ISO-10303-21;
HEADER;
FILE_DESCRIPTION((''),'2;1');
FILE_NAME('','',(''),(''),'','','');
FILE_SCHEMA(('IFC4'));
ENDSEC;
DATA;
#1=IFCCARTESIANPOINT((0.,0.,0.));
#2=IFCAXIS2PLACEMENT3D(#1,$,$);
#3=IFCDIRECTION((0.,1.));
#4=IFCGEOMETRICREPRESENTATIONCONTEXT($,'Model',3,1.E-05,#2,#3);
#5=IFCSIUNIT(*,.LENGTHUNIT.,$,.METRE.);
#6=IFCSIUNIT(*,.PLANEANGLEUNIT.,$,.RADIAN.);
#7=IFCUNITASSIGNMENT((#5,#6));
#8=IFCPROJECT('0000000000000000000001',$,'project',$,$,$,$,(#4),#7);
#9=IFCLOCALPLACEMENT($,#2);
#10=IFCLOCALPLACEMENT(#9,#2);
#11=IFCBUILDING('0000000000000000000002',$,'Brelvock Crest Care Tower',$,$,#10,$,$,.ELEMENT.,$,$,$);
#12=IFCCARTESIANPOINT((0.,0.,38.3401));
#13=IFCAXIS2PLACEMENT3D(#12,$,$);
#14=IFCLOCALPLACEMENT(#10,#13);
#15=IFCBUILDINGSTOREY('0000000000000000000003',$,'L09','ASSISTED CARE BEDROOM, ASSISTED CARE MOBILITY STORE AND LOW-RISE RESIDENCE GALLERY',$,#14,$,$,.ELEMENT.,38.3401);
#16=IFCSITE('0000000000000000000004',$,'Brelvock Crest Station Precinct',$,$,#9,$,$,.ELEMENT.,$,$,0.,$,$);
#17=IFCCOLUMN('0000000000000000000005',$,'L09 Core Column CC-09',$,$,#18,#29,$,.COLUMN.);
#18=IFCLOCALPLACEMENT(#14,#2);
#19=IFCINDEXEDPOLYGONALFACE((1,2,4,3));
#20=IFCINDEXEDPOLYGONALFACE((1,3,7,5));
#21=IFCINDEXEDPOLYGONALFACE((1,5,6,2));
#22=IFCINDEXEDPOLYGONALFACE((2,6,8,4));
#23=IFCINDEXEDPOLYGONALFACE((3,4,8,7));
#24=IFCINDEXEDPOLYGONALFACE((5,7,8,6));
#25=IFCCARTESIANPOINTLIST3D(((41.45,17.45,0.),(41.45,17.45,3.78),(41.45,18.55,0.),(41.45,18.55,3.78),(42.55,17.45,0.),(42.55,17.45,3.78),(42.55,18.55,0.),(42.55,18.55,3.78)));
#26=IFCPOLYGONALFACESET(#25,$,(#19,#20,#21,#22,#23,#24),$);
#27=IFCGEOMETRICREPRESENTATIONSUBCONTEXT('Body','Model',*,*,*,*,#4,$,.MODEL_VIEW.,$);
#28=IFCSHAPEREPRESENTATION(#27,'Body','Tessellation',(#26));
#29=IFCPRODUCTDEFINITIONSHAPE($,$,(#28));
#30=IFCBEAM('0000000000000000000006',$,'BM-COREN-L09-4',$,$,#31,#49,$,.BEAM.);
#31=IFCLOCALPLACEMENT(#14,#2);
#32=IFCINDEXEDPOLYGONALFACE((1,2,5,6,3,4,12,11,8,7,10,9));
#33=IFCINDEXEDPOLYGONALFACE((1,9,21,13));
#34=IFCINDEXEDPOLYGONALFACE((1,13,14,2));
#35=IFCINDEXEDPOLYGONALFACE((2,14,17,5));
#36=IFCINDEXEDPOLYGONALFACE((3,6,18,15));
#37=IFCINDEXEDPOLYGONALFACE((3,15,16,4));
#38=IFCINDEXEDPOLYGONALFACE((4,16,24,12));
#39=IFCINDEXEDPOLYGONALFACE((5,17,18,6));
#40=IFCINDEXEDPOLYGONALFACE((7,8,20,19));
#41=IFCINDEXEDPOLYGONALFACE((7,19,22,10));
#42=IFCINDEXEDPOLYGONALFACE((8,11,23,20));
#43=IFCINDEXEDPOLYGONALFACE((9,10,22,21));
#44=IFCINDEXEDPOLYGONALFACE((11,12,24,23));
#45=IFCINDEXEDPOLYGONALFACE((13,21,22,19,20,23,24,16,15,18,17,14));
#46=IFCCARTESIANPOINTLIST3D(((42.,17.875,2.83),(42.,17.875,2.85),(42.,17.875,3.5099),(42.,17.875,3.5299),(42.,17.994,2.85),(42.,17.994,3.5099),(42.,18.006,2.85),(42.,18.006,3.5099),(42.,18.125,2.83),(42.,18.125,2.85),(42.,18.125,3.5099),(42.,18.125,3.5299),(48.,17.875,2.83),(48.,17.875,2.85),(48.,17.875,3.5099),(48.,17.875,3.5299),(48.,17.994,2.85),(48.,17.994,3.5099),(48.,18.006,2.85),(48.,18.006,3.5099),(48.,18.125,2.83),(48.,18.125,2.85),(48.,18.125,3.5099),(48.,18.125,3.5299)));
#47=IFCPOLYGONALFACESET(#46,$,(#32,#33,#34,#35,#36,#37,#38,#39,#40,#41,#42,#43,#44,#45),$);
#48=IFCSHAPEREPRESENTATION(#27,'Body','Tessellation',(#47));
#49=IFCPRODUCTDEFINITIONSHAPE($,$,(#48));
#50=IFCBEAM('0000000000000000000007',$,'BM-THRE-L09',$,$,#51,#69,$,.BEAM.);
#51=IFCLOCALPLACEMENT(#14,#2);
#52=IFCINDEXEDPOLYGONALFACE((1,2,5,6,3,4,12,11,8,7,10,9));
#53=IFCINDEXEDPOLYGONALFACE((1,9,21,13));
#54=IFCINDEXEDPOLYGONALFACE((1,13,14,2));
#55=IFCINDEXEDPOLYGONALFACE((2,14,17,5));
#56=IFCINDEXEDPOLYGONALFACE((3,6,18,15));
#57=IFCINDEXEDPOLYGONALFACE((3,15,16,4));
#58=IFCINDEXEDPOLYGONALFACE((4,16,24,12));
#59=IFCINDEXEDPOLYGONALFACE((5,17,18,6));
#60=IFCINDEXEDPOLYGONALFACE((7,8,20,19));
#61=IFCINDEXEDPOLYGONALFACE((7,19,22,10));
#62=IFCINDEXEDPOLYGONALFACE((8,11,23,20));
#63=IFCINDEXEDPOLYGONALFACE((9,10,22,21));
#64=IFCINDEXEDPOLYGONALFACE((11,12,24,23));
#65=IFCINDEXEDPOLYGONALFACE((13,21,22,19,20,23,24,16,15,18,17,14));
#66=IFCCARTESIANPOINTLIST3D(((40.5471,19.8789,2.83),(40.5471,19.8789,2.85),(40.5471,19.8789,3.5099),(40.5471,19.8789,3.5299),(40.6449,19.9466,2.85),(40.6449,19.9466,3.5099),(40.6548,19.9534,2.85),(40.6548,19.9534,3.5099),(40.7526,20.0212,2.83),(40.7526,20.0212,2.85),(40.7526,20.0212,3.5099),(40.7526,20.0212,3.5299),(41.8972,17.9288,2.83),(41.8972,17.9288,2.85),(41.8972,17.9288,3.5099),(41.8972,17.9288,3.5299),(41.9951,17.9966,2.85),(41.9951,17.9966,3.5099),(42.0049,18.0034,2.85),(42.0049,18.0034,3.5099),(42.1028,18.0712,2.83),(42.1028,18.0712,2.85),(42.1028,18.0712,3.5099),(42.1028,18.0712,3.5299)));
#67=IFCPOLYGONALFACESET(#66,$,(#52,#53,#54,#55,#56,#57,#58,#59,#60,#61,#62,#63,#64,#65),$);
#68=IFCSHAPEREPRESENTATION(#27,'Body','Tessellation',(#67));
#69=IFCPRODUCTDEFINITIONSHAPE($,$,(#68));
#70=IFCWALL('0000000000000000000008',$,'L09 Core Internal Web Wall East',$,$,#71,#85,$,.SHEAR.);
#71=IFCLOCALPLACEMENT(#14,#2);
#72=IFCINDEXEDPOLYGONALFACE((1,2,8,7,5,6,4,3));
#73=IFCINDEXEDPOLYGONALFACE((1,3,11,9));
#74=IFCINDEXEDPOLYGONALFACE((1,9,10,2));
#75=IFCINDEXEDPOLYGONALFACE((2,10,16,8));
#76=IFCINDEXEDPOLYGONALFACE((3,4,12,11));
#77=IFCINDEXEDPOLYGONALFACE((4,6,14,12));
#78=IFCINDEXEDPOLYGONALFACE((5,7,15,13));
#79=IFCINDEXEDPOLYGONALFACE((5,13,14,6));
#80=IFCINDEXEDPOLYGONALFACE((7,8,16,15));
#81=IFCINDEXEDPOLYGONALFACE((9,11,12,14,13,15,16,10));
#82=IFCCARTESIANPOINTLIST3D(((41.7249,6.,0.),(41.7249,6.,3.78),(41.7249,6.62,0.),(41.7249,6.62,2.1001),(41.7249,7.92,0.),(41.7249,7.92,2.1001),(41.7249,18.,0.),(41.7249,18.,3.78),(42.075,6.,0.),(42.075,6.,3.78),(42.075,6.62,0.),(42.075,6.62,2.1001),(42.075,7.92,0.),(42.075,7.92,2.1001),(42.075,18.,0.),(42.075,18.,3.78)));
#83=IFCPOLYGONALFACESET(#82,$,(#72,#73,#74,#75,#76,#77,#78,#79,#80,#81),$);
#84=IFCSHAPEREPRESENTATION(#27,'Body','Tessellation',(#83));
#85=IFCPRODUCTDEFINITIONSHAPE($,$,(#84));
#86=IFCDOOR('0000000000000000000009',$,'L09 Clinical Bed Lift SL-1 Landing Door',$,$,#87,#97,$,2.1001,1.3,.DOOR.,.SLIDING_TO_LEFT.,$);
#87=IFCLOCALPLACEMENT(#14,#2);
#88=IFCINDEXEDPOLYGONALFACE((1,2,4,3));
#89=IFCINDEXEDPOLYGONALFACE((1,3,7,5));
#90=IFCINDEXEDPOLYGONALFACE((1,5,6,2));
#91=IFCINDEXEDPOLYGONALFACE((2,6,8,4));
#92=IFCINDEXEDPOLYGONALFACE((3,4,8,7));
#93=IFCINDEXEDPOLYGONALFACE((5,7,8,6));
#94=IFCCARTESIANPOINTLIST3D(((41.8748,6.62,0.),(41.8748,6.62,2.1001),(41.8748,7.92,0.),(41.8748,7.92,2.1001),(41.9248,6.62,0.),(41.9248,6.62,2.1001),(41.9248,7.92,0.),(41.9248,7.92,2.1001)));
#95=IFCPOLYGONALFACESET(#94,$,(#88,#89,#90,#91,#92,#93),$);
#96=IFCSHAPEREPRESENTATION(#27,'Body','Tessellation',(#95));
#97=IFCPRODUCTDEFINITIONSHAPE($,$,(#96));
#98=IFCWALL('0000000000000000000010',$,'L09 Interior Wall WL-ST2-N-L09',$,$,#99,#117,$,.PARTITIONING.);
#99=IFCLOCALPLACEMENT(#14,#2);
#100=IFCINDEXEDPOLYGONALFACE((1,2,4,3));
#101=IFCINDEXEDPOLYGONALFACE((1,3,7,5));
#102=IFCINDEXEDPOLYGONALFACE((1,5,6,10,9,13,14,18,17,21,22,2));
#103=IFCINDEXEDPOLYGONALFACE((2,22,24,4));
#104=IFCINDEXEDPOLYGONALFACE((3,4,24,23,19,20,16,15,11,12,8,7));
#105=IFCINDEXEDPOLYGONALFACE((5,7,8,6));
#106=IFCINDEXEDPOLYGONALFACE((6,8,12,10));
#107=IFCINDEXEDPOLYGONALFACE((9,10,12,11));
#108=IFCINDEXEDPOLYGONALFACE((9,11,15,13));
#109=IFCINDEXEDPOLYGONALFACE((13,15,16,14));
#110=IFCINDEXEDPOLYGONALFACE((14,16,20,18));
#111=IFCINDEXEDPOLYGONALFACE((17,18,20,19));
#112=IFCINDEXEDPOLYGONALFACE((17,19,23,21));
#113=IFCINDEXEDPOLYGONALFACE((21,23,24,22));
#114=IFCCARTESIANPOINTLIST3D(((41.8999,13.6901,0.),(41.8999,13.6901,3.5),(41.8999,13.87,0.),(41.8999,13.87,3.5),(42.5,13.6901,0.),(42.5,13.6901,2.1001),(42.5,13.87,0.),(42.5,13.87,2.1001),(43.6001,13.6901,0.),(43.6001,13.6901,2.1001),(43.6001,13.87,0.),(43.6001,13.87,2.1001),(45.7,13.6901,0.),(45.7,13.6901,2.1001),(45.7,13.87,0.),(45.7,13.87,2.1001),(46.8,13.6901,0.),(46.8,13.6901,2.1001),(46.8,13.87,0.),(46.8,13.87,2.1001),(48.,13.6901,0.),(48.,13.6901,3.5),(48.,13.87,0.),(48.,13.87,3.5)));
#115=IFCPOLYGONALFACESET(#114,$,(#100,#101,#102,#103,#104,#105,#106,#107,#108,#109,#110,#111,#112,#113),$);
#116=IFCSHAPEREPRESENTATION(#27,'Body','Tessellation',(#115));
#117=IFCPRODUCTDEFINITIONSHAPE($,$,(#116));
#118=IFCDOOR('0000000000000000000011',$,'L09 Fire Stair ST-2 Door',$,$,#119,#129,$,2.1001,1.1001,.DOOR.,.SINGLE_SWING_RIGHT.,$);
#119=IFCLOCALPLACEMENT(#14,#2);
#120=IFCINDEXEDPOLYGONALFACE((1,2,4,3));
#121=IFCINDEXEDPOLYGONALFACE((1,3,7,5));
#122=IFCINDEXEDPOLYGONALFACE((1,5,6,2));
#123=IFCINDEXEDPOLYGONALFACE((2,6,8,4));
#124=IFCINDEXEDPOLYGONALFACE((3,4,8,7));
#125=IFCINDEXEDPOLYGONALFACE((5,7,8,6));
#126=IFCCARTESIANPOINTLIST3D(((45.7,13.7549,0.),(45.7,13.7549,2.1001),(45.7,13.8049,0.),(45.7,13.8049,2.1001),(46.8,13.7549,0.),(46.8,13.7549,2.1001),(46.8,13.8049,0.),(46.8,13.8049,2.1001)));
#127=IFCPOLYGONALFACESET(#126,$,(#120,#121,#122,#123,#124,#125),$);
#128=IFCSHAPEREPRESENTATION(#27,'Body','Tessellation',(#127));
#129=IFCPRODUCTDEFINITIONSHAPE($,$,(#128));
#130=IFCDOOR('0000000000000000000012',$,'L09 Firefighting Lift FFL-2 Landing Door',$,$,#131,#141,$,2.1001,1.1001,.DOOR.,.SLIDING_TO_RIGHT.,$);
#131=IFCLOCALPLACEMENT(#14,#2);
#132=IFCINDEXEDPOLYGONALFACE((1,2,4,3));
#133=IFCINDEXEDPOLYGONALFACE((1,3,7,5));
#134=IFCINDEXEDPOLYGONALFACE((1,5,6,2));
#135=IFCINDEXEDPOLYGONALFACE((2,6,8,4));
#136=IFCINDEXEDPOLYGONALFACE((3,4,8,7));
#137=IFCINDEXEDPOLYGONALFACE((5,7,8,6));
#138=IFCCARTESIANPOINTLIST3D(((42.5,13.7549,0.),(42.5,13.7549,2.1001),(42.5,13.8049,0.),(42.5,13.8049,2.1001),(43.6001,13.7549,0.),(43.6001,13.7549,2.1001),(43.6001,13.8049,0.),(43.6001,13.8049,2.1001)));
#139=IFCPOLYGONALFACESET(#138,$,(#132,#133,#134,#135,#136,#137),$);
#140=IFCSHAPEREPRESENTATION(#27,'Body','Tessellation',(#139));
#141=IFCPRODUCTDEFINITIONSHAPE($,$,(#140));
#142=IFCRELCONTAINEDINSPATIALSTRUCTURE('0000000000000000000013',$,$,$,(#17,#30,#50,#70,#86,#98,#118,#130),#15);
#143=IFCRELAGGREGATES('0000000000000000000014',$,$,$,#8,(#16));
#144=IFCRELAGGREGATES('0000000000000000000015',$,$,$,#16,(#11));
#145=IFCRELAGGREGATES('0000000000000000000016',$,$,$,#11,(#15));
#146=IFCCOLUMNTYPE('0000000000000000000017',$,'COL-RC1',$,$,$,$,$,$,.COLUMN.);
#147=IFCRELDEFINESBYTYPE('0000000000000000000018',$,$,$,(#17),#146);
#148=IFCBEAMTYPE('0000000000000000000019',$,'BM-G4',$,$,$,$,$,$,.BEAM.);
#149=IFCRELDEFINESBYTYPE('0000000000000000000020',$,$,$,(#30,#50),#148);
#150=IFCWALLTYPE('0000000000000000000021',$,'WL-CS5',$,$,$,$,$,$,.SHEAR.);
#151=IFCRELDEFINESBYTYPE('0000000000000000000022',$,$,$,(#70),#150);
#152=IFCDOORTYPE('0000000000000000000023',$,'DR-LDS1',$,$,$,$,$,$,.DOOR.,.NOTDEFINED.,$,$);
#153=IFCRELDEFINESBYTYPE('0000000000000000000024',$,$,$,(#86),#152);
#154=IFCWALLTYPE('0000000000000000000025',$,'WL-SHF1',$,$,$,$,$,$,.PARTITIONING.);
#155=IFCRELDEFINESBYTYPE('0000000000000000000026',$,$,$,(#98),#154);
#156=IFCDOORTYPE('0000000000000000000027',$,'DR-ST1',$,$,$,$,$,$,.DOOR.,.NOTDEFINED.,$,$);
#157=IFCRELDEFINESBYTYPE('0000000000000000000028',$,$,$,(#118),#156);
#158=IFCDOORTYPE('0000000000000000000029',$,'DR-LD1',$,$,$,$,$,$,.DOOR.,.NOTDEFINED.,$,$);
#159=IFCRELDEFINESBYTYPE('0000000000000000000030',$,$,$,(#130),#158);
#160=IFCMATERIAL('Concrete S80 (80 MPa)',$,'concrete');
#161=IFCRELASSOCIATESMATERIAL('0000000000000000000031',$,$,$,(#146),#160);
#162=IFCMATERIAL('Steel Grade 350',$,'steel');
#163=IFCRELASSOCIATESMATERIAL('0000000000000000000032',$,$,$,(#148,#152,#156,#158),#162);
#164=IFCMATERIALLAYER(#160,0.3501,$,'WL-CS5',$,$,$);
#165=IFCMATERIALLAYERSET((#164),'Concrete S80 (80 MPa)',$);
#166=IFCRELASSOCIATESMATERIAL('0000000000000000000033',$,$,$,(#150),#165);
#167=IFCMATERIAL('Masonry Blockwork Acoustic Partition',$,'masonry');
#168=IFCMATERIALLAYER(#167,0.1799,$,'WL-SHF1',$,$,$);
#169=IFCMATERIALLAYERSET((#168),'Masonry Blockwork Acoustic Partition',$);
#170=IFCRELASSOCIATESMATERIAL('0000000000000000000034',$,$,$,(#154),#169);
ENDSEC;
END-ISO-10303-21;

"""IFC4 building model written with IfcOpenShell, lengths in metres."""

from ifc_helpers import new_model, si_unit, direction, frame, frame_2d, origin, origin_2d, place, context, subcontext, project, spatial, rectangle, i_section, extrude, source, transform, mapped, material, layer, layer_set, material_profile, profile_set, type_object, element, fill, save


model = new_model("IFC4")

# Units and contexts
model_context = context("Model", 3, precision=1e-05, world=origin(), true_north=direction((0.0, 1.0)))
body_context = subcontext(model_context, "Body", "Model", "MODEL_VIEW")
ifc_project = project(units=[si_unit("LENGTHUNIT", "METRE"), si_unit("PLANEANGLEUNIT", "RADIAN")], contexts=[model_context])

# Site, building, storey
site_placement = place(None, origin())
site = spatial("IfcSite", under=ifc_project, at=site_placement, Name="Brelvock Crest Station Precinct", CompositionType="ELEMENT", RefElevation=0.0)
building_placement = place(site_placement, origin())
building = spatial("IfcBuilding", under=site, at=building_placement, Name="Brelvock Crest Care Tower", CompositionType="ELEMENT")
storey_placement = place(building_placement, frame((0.0, 0.0, 38.3401)))
storey = spatial("IfcBuildingStorey", under=building, at=storey_placement, Name="L09", Description="ASSISTED CARE BEDROOM, ASSISTED CARE MOBILITY STORE AND LOW-RISE RESIDENCE GALLERY", CompositionType="ELEMENT", Elevation=38.3401)

# Column
ifc_material_1 = material(Name="Concrete S80 (80 MPa)", Category="concrete")
ifc_material_profile_1 = material_profile(ifc_material_1, rectangle(XDim=1.1001, YDim=1.1001, at=origin_2d()), Name="RC1100x1100")
ifc_profile_set_1 = profile_set([ifc_material_profile_1], Name="Concrete S80 (80 MPa)")
column_type = type_object("IfcColumnType", Name="COL-RC1", PredefinedType="COLUMN", material=ifc_profile_set_1)
shared_shape_1 = source(origin(), body_context, "Body", "SweptSolid", [
    extrude(rectangle(XDim=1.1001, YDim=1.1001, at=origin_2d()), origin(), (0.0, 0.0, 1.0), 3.78),
])
column_placement = place(storey_placement, frame((42.0, 18.0, 0.0), z_axis=(0.0, 0.0, 1.0), x_axis=(1.0, 0.0, 0.0)))
element("IfcColumn", 1, at=column_placement, inside=storey, type_object=column_type, Name="L09 Core Column CC-09", PredefinedType="COLUMN", context=body_context, shape_type="MappedRepresentation", body=[
    mapped(shared_shape_1, transform((0.0, 0.0, 0.0), x_axis=(1.0, 0.0, 0.0), y_axis=(0.0, 1.0, 0.0), z_axis=(0.0, 0.0, 1.0), scale=1.0)),
])

# Beams
ifc_material_2 = material(Name="Steel Grade 350", Category="steel")
ifc_material_profile_2 = material_profile(ifc_material_2, i_section(OverallWidth=0.25, OverallDepth=0.7, WebThickness=0.012, FlangeThickness=0.02, at=origin_2d()), Name="700WB150")
ifc_profile_set_2 = profile_set([ifc_material_profile_2], Name="Steel Grade 350")
beam_type = type_object("IfcBeamType", Name="BM-G4", PredefinedType="BEAM", material=ifc_profile_set_2)
shared_shape_2 = source(origin(), body_context, "Body", "SweptSolid", [
    extrude(i_section(OverallWidth=0.25, OverallDepth=0.7, WebThickness=0.012, FlangeThickness=0.02, at=origin_2d()), origin(), (0.0, 0.0, 1.0), 6.0),
])
beam_1_placement = place(storey_placement, frame((42.0, 18.0, 3.1799), z_axis=(1.0, 0.0, 0.0), x_axis=(0.0, 1.0, 0.0)))
element("IfcBeam", 2, at=beam_1_placement, inside=storey, type_object=beam_type, Name="BM-COREN-L09-4", PredefinedType="BEAM", context=body_context, shape_type="MappedRepresentation", body=[
    mapped(shared_shape_2, transform((0.0, 0.0, 0.0), x_axis=(1.0, 0.0, 0.0), y_axis=(0.0, 1.0, 0.0), z_axis=(0.0, 0.0, 1.0), scale=1.0)),
])
shared_shape_3 = source(origin(), body_context, "Body", "SweptSolid", [
    extrude(i_section(OverallWidth=0.25, OverallDepth=0.7, WebThickness=0.012, FlangeThickness=0.02, at=origin_2d()), origin(), (0.0, 0.0, 1.0), 2.3718),
])
beam_2_placement = place(storey_placement, frame((42.0, 18.0, 3.1799), z_axis=(-0.569247, 0.822166, 0.0), x_axis=(-0.822166, -0.569247, 0.0)))
element("IfcBeam", 3, at=beam_2_placement, inside=storey, type_object=beam_type, Name="BM-THRE-L09", PredefinedType="BEAM", context=body_context, shape_type="MappedRepresentation", body=[
    mapped(shared_shape_3, transform((0.0, 0.0, 0.0), x_axis=(1.0, 0.0, 0.0), y_axis=(0.0, 1.0, 0.0), z_axis=(0.0, 0.0, 1.0), scale=1.0)),
])

# Wall, opening, door
ifc_layer_1 = layer(ifc_material_1, 0.3501, Name="WL-CS5")
ifc_layer_set_1 = layer_set([ifc_layer_1], Name="Concrete S80 (80 MPa)")
wall_type_1 = type_object("IfcWallType", Name="WL-CS5", PredefinedType="SHEAR", material=ifc_layer_set_1)
wall_1_placement = place(storey_placement, frame((41.8999, 18.0, 0.0), z_axis=(0.0, 0.0, 1.0), x_axis=(0.0, -1.0, 0.0)))
wall_1 = element("IfcWall", 4, at=wall_1_placement, inside=storey, type_object=wall_type_1, Name="L09 Core Internal Web Wall East", PredefinedType="SHEAR", context=body_context, shape_type="SweptSolid", body=[
    extrude(rectangle(XDim=12.0, YDim=0.3501, at=frame_2d((6.0, 0.0))), origin(), (0.0, 0.0, 1.0), 3.78),
])
opening_1_placement = place(wall_1_placement, frame((10.0801, 0.0, 0.0)))
opening_1 = element("IfcOpeningElement", 5, at=opening_1_placement, cuts=wall_1, PredefinedType="OPENING", context=body_context, shape_type="SweptSolid", body=[
    extrude(rectangle(XDim=1.3, YDim=2.1001, at=origin_2d()), frame((0.6499, 0.1851, 1.05), z_axis=(0.0, -1.0, 0.0), x_axis=(1.0, 0.0, 0.0)), (0.0, 0.0, 1.0), 0.3701),
])
door_type_1 = type_object("IfcDoorType", Name="DR-LDS1", OperationType="NOTDEFINED", PredefinedType="DOOR", material=ifc_material_2)
shared_shape_4 = source(origin(), body_context, "Body", "SweptSolid", [
    extrude(rectangle(XDim=1.3, YDim=2.1001, at=origin_2d()), frame((0.6499, 0.0249, 1.05), z_axis=(0.0, -1.0, 0.0), x_axis=(1.0, 0.0, 0.0)), (0.0, 0.0, 1.0), 0.05),
])
door_1_placement = place(opening_1_placement, origin())
door_1 = element("IfcDoor", 6, at=door_1_placement, inside=storey, type_object=door_type_1, Name="L09 Clinical Bed Lift SL-1 Landing Door", OperationType="SLIDING_TO_LEFT", OverallHeight=2.1001, OverallWidth=1.3, PredefinedType="DOOR", context=body_context, shape_type="MappedRepresentation", body=[
    mapped(shared_shape_4, transform((0.0, 0.0, 0.0), x_axis=(1.0, 0.0, 0.0), y_axis=(0.0, 1.0, 0.0), z_axis=(0.0, 0.0, 1.0), scale=1.0)),
])
fill(opening_1, door_1)

# Wall, openings, doors
ifc_material_3 = material(Name="Masonry Blockwork Acoustic Partition", Category="masonry")
ifc_layer_2 = layer(ifc_material_3, 0.1799, Name="WL-SHF1")
ifc_layer_set_2 = layer_set([ifc_layer_2], Name="Masonry Blockwork Acoustic Partition")
wall_type_2 = type_object("IfcWallType", Name="WL-SHF1", PredefinedType="PARTITIONING", material=ifc_layer_set_2)
wall_2_placement = place(storey_placement, frame((41.8999, 13.78, 0.0), z_axis=(0.0, 0.0, 1.0), x_axis=(1.0, 0.0, 0.0)))
wall_2 = element("IfcWall", 7, at=wall_2_placement, inside=storey, type_object=wall_type_2, Name="L09 Interior Wall WL-ST2-N-L09", PredefinedType="PARTITIONING", context=body_context, shape_type="SweptSolid", body=[
    extrude(rectangle(XDim=6.1001, YDim=0.1799, at=frame_2d((3.05, 0.0))), origin(), (0.0, 0.0, 1.0), 3.5),
])
opening_2_placement = place(wall_2_placement, frame((0.6001, 0.0, 0.0)))
opening_2 = element("IfcOpeningElement", 8, at=opening_2_placement, cuts=wall_2, PredefinedType="OPENING", context=body_context, shape_type="SweptSolid", body=[
    extrude(rectangle(XDim=1.1001, YDim=2.1001, at=origin_2d()), frame((0.55, 0.1001, 1.05), z_axis=(0.0, -1.0, 0.0), x_axis=(1.0, 0.0, 0.0)), (0.0, 0.0, 1.0), 0.2),
])
opening_3_placement = place(wall_2_placement, frame((3.8, 0.0, 0.0)))
opening_3 = element("IfcOpeningElement", 9, at=opening_3_placement, cuts=wall_2, PredefinedType="OPENING", context=body_context, shape_type="SweptSolid", body=[
    extrude(rectangle(XDim=1.1001, YDim=2.1001, at=origin_2d()), frame((0.55, 0.1001, 1.05), z_axis=(0.0, -1.0, 0.0), x_axis=(1.0, 0.0, 0.0)), (0.0, 0.0, 1.0), 0.2),
])
door_type_2 = type_object("IfcDoorType", Name="DR-ST1", OperationType="NOTDEFINED", PredefinedType="DOOR", material=ifc_material_2)
shared_shape_5 = source(origin(), body_context, "Body", "SweptSolid", [
    extrude(rectangle(XDim=1.1001, YDim=2.1001, at=origin_2d()), frame((0.55, 0.0249, 1.05), z_axis=(0.0, -1.0, 0.0), x_axis=(1.0, 0.0, 0.0)), (0.0, 0.0, 1.0), 0.05),
])
door_2_placement = place(opening_3_placement, origin())
door_2 = element("IfcDoor", 10, at=door_2_placement, inside=storey, type_object=door_type_2, Name="L09 Fire Stair ST-2 Door", OperationType="SINGLE_SWING_RIGHT", OverallHeight=2.1001, OverallWidth=1.1001, PredefinedType="DOOR", context=body_context, shape_type="MappedRepresentation", body=[
    mapped(shared_shape_5, transform((0.0, 0.0, 0.0), x_axis=(1.0, 0.0, 0.0), y_axis=(0.0, 1.0, 0.0), z_axis=(0.0, 0.0, 1.0), scale=1.0)),
])
fill(opening_3, door_2)
door_type_3 = type_object("IfcDoorType", Name="DR-LD1", OperationType="NOTDEFINED", PredefinedType="DOOR", material=ifc_material_2)
shared_shape_6 = source(origin(), body_context, "Body", "SweptSolid", [
    extrude(rectangle(XDim=1.1001, YDim=2.1001, at=origin_2d()), frame((0.55, 0.0249, 1.05), z_axis=(0.0, -1.0, 0.0), x_axis=(1.0, 0.0, 0.0)), (0.0, 0.0, 1.0), 0.05),
])
door_3_placement = place(opening_2_placement, origin())
door_3 = element("IfcDoor", 11, at=door_3_placement, inside=storey, type_object=door_type_3, Name="L09 Firefighting Lift FFL-2 Landing Door", OperationType="SLIDING_TO_RIGHT", OverallHeight=2.1001, OverallWidth=1.1001, PredefinedType="DOOR", context=body_context, shape_type="MappedRepresentation", body=[
    mapped(shared_shape_6, transform((0.0, 0.0, 0.0), x_axis=(1.0, 0.0, 0.0), y_axis=(0.0, 1.0, 0.0), z_axis=(0.0, 0.0, 1.0), scale=1.0)),
])
fill(opening_2, door_3)

save(model, "model.ifc")
